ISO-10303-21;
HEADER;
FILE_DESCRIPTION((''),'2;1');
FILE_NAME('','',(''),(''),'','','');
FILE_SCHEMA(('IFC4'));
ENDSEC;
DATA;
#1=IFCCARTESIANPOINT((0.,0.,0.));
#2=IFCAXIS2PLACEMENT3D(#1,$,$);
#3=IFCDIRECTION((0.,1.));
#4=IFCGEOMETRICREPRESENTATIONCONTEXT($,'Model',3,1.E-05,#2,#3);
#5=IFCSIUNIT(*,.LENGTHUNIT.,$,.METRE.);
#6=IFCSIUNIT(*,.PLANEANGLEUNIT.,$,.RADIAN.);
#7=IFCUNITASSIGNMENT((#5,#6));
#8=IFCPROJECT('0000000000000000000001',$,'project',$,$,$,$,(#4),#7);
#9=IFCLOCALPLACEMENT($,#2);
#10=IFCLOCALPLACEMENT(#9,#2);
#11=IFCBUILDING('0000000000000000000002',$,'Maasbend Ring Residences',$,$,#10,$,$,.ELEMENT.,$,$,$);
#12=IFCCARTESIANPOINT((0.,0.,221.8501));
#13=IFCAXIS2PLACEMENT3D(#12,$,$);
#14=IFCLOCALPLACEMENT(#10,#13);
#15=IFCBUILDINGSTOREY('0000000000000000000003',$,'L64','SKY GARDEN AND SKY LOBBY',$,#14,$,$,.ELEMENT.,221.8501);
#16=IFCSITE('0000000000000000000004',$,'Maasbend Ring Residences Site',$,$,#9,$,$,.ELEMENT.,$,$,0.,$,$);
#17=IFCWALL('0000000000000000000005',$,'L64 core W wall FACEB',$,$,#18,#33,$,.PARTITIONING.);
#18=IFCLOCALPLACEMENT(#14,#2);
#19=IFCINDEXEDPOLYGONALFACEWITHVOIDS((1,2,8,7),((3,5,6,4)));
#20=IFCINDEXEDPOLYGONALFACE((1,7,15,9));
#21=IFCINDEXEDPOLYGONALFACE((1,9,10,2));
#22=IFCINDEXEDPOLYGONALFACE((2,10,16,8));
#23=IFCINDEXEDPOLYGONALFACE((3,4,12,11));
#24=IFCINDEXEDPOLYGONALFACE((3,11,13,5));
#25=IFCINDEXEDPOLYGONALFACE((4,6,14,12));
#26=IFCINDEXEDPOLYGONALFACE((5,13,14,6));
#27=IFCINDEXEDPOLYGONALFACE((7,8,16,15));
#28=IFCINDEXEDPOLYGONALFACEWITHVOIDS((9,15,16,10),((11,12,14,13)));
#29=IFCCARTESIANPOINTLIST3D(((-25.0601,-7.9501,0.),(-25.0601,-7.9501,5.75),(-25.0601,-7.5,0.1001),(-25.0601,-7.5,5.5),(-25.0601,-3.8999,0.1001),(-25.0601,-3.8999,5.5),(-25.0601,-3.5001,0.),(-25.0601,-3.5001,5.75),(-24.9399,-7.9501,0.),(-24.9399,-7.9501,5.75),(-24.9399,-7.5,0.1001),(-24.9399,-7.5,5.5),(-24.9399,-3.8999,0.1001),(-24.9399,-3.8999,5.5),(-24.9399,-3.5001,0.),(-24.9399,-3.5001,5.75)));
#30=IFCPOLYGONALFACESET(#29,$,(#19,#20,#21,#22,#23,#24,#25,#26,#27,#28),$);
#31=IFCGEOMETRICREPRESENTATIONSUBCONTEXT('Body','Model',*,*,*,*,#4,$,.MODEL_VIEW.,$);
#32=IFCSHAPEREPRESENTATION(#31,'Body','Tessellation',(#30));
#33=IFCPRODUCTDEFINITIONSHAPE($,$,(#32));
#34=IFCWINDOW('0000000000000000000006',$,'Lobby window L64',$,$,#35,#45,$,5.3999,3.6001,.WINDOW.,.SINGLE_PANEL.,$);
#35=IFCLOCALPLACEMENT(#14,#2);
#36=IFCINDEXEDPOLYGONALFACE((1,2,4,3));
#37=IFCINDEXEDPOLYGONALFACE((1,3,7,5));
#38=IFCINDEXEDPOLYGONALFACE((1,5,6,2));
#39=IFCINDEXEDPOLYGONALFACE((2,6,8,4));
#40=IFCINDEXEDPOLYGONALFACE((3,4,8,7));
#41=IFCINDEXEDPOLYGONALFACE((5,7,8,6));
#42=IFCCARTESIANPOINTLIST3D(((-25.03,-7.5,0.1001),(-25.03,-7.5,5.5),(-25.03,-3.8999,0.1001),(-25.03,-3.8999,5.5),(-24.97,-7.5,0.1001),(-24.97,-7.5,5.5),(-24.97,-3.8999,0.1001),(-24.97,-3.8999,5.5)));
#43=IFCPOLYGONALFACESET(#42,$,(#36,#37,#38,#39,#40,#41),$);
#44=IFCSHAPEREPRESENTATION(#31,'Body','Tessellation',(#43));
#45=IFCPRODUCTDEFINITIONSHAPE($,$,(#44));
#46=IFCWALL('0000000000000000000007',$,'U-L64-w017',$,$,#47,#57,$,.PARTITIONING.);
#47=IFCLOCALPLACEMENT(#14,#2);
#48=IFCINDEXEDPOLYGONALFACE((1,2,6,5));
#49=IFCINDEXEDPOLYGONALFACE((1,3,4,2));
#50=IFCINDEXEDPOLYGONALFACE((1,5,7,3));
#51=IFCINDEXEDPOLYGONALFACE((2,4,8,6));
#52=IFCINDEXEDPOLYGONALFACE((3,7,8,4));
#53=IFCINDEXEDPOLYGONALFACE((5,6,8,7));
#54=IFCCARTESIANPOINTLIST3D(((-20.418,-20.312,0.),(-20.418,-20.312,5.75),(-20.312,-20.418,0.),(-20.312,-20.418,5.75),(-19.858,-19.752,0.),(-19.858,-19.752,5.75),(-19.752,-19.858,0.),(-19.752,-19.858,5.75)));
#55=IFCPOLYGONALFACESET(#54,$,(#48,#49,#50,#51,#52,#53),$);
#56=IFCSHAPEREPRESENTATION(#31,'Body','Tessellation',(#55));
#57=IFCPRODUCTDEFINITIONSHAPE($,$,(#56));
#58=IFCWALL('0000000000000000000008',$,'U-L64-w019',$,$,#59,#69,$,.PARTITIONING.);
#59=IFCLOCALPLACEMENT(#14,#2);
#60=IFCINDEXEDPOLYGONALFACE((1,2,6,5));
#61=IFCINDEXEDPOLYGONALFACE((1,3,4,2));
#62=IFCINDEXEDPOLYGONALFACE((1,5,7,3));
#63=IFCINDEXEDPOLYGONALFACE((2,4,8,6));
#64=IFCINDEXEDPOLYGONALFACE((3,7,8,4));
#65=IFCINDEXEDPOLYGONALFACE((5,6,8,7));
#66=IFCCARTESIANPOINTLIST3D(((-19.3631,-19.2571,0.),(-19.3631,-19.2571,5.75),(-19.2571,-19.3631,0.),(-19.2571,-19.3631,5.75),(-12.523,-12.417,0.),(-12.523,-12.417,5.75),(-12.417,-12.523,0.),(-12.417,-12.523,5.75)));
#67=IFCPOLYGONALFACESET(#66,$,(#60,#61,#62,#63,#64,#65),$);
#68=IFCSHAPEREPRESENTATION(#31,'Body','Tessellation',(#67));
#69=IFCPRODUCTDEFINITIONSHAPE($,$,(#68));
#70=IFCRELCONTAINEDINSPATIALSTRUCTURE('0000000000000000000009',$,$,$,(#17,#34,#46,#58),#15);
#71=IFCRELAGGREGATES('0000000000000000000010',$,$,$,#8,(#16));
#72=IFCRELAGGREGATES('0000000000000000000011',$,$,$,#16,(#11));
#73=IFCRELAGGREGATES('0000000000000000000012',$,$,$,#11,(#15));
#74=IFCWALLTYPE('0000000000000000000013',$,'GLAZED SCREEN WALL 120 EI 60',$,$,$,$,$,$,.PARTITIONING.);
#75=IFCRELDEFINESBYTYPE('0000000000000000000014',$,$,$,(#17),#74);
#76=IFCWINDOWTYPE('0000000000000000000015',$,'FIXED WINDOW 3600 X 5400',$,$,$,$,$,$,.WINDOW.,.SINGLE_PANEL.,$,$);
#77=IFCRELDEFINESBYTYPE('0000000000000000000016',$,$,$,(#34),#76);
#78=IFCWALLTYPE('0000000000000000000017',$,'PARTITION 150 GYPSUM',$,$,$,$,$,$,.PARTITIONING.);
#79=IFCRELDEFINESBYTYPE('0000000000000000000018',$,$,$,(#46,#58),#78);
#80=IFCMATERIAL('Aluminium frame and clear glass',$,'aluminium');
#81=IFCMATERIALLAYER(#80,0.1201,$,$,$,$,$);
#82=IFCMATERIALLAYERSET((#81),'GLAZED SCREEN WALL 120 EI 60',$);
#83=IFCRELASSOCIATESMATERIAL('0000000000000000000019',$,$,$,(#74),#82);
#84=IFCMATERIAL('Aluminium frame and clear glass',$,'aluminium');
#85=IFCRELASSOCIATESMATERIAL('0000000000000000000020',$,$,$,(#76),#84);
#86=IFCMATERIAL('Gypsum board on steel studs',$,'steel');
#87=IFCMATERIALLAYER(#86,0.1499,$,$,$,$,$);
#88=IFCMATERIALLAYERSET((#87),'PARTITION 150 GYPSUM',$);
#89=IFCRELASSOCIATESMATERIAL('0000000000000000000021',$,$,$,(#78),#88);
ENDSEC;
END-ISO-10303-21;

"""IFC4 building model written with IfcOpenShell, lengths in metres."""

from ifc_helpers import new_model, si_unit, direction, frame, frame_2d, origin, place, context, subcontext, project, spatial, rectangle, extrude, material, layer, layer_set, type_object, element, fill, save


model = new_model("IFC4")

# Units and contexts
model_context = context("Model", 3, precision=1e-05, world=origin(), true_north=direction((0.0, 1.0)))
body_context = subcontext(model_context, "Body", "Model", "MODEL_VIEW")
ifc_project = project(units=[si_unit("LENGTHUNIT", "METRE"), si_unit("PLANEANGLEUNIT", "RADIAN")], contexts=[model_context])

# Site, building, storey
site_placement = place(None, origin())
site = spatial("IfcSite", under=ifc_project, at=site_placement, Name="Maasbend Ring Residences Site", CompositionType="ELEMENT", RefElevation=0.0)
building_placement = place(site_placement, origin())
building = spatial("IfcBuilding", under=site, at=building_placement, Name="Maasbend Ring Residences", CompositionType="ELEMENT")
storey_placement = place(building_placement, frame((0.0, 0.0, 221.8501)))
storey = spatial("IfcBuildingStorey", under=building, at=storey_placement, Name="L64", Description="SKY GARDEN AND SKY LOBBY", CompositionType="ELEMENT", Elevation=221.8501)

# Wall, opening, window
ifc_material_1 = material(Name="Aluminium frame and clear glass", Category="aluminium")
ifc_layer_1 = layer(ifc_material_1, 0.1201)
ifc_layer_set_1 = layer_set([ifc_layer_1], Name="GLAZED SCREEN WALL 120 EI 60")
wall_type_1 = type_object("IfcWallType", Name="GLAZED SCREEN WALL 120 EI 60", PredefinedType="PARTITIONING", material=ifc_layer_set_1)
wall_1_placement = place(storey_placement, frame((-25.0, -3.5, 0.0), z_axis=(0.0, 0.0, 1.0), x_axis=(0.0, -1.0, 0.0)))
wall_1 = element("IfcWall", 1, at=wall_1_placement, inside=storey, type_object=wall_type_1, Name="L64 core W wall FACEB", PredefinedType="PARTITIONING", context=body_context, shape_type="SweptSolid", body=[
    extrude(rectangle(XDim=4.45, YDim=0.1201, at=frame_2d((2.2251, 0.0))), origin(), (0.0, 0.0, 1.0), 5.75),
])
opening_1_placement = place(wall_1_placement, frame((0.3999, 0.0, 0.1001)))
opening_1 = element("IfcOpeningElement", 2, at=opening_1_placement, cuts=wall_1, PredefinedType="OPENING", context=body_context, shape_type="SweptSolid", body=[
    extrude(rectangle(XDim=3.6001, YDim=5.3999, at=frame_2d((1.8, 2.7))), frame((0.0, 0.0701, 0.0), z_axis=(0.0, -1.0, 0.0), x_axis=(1.0, 0.0, 0.0)), (0.0, 0.0, 1.0), 0.1401),
])
ifc_material_2 = material(Name="Aluminium frame and clear glass", Category="aluminium")
window_type = type_object("IfcWindowType", Name="FIXED WINDOW 3600 X 5400", PartitioningType="SINGLE_PANEL", PredefinedType="WINDOW", material=ifc_material_2)
window_placement = place(opening_1_placement, origin())
window = element("IfcWindow", 3, at=window_placement, inside=storey, type_object=window_type, Name="Lobby window L64", OverallHeight=5.3999, OverallWidth=3.6001, PartitioningType="SINGLE_PANEL", PredefinedType="WINDOW", context=body_context, shape_type="SweptSolid", body=[
    extrude(rectangle(XDim=3.6001, YDim=5.3999, at=frame_2d((1.8, 2.7))), frame((0.0, 0.03, 0.0), z_axis=(0.0, -1.0, 0.0), x_axis=(1.0, 0.0, 0.0)), (0.0, 0.0, 1.0), 0.0601),
])
fill(opening_1, window)

# Walls
ifc_material_3 = material(Name="Gypsum board on steel studs", Category="steel")
ifc_layer_2 = layer(ifc_material_3, 0.1499)
ifc_layer_set_2 = layer_set([ifc_layer_2], Name="PARTITION 150 GYPSUM")
wall_type_2 = type_object("IfcWallType", Name="PARTITION 150 GYPSUM", PredefinedType="PARTITIONING", material=ifc_layer_set_2)
wall_2_placement = place(storey_placement, frame((-20.365, -20.365, 0.0), z_axis=(0.0, 0.0, 1.0), x_axis=(0.707107, 0.707107, 0.0)))
element("IfcWall", 4, at=wall_2_placement, inside=storey, type_object=wall_type_2, Name="U-L64-w017", PredefinedType="PARTITIONING", context=body_context, shape_type="SweptSolid", body=[
    extrude(rectangle(XDim=0.792, YDim=0.1499, at=frame_2d((0.396, 0.0))), origin(), (0.0, 0.0, 1.0), 5.75),
])
wall_3_placement = place(storey_placement, frame((-19.3101, -19.3101, 0.0), z_axis=(0.0, 0.0, 1.0), x_axis=(0.707107, 0.707107, 0.0)))
element("IfcWall", 5, at=wall_3_placement, inside=storey, type_object=wall_type_2, Name="U-L64-w019", PredefinedType="PARTITIONING", context=body_context, shape_type="SweptSolid", body=[
    extrude(rectangle(XDim=9.6733, YDim=0.1499, at=frame_2d((4.8367, 0.0))), origin(), (0.0, 0.0, 1.0), 5.75),
])

save(model, "model.ifc")
